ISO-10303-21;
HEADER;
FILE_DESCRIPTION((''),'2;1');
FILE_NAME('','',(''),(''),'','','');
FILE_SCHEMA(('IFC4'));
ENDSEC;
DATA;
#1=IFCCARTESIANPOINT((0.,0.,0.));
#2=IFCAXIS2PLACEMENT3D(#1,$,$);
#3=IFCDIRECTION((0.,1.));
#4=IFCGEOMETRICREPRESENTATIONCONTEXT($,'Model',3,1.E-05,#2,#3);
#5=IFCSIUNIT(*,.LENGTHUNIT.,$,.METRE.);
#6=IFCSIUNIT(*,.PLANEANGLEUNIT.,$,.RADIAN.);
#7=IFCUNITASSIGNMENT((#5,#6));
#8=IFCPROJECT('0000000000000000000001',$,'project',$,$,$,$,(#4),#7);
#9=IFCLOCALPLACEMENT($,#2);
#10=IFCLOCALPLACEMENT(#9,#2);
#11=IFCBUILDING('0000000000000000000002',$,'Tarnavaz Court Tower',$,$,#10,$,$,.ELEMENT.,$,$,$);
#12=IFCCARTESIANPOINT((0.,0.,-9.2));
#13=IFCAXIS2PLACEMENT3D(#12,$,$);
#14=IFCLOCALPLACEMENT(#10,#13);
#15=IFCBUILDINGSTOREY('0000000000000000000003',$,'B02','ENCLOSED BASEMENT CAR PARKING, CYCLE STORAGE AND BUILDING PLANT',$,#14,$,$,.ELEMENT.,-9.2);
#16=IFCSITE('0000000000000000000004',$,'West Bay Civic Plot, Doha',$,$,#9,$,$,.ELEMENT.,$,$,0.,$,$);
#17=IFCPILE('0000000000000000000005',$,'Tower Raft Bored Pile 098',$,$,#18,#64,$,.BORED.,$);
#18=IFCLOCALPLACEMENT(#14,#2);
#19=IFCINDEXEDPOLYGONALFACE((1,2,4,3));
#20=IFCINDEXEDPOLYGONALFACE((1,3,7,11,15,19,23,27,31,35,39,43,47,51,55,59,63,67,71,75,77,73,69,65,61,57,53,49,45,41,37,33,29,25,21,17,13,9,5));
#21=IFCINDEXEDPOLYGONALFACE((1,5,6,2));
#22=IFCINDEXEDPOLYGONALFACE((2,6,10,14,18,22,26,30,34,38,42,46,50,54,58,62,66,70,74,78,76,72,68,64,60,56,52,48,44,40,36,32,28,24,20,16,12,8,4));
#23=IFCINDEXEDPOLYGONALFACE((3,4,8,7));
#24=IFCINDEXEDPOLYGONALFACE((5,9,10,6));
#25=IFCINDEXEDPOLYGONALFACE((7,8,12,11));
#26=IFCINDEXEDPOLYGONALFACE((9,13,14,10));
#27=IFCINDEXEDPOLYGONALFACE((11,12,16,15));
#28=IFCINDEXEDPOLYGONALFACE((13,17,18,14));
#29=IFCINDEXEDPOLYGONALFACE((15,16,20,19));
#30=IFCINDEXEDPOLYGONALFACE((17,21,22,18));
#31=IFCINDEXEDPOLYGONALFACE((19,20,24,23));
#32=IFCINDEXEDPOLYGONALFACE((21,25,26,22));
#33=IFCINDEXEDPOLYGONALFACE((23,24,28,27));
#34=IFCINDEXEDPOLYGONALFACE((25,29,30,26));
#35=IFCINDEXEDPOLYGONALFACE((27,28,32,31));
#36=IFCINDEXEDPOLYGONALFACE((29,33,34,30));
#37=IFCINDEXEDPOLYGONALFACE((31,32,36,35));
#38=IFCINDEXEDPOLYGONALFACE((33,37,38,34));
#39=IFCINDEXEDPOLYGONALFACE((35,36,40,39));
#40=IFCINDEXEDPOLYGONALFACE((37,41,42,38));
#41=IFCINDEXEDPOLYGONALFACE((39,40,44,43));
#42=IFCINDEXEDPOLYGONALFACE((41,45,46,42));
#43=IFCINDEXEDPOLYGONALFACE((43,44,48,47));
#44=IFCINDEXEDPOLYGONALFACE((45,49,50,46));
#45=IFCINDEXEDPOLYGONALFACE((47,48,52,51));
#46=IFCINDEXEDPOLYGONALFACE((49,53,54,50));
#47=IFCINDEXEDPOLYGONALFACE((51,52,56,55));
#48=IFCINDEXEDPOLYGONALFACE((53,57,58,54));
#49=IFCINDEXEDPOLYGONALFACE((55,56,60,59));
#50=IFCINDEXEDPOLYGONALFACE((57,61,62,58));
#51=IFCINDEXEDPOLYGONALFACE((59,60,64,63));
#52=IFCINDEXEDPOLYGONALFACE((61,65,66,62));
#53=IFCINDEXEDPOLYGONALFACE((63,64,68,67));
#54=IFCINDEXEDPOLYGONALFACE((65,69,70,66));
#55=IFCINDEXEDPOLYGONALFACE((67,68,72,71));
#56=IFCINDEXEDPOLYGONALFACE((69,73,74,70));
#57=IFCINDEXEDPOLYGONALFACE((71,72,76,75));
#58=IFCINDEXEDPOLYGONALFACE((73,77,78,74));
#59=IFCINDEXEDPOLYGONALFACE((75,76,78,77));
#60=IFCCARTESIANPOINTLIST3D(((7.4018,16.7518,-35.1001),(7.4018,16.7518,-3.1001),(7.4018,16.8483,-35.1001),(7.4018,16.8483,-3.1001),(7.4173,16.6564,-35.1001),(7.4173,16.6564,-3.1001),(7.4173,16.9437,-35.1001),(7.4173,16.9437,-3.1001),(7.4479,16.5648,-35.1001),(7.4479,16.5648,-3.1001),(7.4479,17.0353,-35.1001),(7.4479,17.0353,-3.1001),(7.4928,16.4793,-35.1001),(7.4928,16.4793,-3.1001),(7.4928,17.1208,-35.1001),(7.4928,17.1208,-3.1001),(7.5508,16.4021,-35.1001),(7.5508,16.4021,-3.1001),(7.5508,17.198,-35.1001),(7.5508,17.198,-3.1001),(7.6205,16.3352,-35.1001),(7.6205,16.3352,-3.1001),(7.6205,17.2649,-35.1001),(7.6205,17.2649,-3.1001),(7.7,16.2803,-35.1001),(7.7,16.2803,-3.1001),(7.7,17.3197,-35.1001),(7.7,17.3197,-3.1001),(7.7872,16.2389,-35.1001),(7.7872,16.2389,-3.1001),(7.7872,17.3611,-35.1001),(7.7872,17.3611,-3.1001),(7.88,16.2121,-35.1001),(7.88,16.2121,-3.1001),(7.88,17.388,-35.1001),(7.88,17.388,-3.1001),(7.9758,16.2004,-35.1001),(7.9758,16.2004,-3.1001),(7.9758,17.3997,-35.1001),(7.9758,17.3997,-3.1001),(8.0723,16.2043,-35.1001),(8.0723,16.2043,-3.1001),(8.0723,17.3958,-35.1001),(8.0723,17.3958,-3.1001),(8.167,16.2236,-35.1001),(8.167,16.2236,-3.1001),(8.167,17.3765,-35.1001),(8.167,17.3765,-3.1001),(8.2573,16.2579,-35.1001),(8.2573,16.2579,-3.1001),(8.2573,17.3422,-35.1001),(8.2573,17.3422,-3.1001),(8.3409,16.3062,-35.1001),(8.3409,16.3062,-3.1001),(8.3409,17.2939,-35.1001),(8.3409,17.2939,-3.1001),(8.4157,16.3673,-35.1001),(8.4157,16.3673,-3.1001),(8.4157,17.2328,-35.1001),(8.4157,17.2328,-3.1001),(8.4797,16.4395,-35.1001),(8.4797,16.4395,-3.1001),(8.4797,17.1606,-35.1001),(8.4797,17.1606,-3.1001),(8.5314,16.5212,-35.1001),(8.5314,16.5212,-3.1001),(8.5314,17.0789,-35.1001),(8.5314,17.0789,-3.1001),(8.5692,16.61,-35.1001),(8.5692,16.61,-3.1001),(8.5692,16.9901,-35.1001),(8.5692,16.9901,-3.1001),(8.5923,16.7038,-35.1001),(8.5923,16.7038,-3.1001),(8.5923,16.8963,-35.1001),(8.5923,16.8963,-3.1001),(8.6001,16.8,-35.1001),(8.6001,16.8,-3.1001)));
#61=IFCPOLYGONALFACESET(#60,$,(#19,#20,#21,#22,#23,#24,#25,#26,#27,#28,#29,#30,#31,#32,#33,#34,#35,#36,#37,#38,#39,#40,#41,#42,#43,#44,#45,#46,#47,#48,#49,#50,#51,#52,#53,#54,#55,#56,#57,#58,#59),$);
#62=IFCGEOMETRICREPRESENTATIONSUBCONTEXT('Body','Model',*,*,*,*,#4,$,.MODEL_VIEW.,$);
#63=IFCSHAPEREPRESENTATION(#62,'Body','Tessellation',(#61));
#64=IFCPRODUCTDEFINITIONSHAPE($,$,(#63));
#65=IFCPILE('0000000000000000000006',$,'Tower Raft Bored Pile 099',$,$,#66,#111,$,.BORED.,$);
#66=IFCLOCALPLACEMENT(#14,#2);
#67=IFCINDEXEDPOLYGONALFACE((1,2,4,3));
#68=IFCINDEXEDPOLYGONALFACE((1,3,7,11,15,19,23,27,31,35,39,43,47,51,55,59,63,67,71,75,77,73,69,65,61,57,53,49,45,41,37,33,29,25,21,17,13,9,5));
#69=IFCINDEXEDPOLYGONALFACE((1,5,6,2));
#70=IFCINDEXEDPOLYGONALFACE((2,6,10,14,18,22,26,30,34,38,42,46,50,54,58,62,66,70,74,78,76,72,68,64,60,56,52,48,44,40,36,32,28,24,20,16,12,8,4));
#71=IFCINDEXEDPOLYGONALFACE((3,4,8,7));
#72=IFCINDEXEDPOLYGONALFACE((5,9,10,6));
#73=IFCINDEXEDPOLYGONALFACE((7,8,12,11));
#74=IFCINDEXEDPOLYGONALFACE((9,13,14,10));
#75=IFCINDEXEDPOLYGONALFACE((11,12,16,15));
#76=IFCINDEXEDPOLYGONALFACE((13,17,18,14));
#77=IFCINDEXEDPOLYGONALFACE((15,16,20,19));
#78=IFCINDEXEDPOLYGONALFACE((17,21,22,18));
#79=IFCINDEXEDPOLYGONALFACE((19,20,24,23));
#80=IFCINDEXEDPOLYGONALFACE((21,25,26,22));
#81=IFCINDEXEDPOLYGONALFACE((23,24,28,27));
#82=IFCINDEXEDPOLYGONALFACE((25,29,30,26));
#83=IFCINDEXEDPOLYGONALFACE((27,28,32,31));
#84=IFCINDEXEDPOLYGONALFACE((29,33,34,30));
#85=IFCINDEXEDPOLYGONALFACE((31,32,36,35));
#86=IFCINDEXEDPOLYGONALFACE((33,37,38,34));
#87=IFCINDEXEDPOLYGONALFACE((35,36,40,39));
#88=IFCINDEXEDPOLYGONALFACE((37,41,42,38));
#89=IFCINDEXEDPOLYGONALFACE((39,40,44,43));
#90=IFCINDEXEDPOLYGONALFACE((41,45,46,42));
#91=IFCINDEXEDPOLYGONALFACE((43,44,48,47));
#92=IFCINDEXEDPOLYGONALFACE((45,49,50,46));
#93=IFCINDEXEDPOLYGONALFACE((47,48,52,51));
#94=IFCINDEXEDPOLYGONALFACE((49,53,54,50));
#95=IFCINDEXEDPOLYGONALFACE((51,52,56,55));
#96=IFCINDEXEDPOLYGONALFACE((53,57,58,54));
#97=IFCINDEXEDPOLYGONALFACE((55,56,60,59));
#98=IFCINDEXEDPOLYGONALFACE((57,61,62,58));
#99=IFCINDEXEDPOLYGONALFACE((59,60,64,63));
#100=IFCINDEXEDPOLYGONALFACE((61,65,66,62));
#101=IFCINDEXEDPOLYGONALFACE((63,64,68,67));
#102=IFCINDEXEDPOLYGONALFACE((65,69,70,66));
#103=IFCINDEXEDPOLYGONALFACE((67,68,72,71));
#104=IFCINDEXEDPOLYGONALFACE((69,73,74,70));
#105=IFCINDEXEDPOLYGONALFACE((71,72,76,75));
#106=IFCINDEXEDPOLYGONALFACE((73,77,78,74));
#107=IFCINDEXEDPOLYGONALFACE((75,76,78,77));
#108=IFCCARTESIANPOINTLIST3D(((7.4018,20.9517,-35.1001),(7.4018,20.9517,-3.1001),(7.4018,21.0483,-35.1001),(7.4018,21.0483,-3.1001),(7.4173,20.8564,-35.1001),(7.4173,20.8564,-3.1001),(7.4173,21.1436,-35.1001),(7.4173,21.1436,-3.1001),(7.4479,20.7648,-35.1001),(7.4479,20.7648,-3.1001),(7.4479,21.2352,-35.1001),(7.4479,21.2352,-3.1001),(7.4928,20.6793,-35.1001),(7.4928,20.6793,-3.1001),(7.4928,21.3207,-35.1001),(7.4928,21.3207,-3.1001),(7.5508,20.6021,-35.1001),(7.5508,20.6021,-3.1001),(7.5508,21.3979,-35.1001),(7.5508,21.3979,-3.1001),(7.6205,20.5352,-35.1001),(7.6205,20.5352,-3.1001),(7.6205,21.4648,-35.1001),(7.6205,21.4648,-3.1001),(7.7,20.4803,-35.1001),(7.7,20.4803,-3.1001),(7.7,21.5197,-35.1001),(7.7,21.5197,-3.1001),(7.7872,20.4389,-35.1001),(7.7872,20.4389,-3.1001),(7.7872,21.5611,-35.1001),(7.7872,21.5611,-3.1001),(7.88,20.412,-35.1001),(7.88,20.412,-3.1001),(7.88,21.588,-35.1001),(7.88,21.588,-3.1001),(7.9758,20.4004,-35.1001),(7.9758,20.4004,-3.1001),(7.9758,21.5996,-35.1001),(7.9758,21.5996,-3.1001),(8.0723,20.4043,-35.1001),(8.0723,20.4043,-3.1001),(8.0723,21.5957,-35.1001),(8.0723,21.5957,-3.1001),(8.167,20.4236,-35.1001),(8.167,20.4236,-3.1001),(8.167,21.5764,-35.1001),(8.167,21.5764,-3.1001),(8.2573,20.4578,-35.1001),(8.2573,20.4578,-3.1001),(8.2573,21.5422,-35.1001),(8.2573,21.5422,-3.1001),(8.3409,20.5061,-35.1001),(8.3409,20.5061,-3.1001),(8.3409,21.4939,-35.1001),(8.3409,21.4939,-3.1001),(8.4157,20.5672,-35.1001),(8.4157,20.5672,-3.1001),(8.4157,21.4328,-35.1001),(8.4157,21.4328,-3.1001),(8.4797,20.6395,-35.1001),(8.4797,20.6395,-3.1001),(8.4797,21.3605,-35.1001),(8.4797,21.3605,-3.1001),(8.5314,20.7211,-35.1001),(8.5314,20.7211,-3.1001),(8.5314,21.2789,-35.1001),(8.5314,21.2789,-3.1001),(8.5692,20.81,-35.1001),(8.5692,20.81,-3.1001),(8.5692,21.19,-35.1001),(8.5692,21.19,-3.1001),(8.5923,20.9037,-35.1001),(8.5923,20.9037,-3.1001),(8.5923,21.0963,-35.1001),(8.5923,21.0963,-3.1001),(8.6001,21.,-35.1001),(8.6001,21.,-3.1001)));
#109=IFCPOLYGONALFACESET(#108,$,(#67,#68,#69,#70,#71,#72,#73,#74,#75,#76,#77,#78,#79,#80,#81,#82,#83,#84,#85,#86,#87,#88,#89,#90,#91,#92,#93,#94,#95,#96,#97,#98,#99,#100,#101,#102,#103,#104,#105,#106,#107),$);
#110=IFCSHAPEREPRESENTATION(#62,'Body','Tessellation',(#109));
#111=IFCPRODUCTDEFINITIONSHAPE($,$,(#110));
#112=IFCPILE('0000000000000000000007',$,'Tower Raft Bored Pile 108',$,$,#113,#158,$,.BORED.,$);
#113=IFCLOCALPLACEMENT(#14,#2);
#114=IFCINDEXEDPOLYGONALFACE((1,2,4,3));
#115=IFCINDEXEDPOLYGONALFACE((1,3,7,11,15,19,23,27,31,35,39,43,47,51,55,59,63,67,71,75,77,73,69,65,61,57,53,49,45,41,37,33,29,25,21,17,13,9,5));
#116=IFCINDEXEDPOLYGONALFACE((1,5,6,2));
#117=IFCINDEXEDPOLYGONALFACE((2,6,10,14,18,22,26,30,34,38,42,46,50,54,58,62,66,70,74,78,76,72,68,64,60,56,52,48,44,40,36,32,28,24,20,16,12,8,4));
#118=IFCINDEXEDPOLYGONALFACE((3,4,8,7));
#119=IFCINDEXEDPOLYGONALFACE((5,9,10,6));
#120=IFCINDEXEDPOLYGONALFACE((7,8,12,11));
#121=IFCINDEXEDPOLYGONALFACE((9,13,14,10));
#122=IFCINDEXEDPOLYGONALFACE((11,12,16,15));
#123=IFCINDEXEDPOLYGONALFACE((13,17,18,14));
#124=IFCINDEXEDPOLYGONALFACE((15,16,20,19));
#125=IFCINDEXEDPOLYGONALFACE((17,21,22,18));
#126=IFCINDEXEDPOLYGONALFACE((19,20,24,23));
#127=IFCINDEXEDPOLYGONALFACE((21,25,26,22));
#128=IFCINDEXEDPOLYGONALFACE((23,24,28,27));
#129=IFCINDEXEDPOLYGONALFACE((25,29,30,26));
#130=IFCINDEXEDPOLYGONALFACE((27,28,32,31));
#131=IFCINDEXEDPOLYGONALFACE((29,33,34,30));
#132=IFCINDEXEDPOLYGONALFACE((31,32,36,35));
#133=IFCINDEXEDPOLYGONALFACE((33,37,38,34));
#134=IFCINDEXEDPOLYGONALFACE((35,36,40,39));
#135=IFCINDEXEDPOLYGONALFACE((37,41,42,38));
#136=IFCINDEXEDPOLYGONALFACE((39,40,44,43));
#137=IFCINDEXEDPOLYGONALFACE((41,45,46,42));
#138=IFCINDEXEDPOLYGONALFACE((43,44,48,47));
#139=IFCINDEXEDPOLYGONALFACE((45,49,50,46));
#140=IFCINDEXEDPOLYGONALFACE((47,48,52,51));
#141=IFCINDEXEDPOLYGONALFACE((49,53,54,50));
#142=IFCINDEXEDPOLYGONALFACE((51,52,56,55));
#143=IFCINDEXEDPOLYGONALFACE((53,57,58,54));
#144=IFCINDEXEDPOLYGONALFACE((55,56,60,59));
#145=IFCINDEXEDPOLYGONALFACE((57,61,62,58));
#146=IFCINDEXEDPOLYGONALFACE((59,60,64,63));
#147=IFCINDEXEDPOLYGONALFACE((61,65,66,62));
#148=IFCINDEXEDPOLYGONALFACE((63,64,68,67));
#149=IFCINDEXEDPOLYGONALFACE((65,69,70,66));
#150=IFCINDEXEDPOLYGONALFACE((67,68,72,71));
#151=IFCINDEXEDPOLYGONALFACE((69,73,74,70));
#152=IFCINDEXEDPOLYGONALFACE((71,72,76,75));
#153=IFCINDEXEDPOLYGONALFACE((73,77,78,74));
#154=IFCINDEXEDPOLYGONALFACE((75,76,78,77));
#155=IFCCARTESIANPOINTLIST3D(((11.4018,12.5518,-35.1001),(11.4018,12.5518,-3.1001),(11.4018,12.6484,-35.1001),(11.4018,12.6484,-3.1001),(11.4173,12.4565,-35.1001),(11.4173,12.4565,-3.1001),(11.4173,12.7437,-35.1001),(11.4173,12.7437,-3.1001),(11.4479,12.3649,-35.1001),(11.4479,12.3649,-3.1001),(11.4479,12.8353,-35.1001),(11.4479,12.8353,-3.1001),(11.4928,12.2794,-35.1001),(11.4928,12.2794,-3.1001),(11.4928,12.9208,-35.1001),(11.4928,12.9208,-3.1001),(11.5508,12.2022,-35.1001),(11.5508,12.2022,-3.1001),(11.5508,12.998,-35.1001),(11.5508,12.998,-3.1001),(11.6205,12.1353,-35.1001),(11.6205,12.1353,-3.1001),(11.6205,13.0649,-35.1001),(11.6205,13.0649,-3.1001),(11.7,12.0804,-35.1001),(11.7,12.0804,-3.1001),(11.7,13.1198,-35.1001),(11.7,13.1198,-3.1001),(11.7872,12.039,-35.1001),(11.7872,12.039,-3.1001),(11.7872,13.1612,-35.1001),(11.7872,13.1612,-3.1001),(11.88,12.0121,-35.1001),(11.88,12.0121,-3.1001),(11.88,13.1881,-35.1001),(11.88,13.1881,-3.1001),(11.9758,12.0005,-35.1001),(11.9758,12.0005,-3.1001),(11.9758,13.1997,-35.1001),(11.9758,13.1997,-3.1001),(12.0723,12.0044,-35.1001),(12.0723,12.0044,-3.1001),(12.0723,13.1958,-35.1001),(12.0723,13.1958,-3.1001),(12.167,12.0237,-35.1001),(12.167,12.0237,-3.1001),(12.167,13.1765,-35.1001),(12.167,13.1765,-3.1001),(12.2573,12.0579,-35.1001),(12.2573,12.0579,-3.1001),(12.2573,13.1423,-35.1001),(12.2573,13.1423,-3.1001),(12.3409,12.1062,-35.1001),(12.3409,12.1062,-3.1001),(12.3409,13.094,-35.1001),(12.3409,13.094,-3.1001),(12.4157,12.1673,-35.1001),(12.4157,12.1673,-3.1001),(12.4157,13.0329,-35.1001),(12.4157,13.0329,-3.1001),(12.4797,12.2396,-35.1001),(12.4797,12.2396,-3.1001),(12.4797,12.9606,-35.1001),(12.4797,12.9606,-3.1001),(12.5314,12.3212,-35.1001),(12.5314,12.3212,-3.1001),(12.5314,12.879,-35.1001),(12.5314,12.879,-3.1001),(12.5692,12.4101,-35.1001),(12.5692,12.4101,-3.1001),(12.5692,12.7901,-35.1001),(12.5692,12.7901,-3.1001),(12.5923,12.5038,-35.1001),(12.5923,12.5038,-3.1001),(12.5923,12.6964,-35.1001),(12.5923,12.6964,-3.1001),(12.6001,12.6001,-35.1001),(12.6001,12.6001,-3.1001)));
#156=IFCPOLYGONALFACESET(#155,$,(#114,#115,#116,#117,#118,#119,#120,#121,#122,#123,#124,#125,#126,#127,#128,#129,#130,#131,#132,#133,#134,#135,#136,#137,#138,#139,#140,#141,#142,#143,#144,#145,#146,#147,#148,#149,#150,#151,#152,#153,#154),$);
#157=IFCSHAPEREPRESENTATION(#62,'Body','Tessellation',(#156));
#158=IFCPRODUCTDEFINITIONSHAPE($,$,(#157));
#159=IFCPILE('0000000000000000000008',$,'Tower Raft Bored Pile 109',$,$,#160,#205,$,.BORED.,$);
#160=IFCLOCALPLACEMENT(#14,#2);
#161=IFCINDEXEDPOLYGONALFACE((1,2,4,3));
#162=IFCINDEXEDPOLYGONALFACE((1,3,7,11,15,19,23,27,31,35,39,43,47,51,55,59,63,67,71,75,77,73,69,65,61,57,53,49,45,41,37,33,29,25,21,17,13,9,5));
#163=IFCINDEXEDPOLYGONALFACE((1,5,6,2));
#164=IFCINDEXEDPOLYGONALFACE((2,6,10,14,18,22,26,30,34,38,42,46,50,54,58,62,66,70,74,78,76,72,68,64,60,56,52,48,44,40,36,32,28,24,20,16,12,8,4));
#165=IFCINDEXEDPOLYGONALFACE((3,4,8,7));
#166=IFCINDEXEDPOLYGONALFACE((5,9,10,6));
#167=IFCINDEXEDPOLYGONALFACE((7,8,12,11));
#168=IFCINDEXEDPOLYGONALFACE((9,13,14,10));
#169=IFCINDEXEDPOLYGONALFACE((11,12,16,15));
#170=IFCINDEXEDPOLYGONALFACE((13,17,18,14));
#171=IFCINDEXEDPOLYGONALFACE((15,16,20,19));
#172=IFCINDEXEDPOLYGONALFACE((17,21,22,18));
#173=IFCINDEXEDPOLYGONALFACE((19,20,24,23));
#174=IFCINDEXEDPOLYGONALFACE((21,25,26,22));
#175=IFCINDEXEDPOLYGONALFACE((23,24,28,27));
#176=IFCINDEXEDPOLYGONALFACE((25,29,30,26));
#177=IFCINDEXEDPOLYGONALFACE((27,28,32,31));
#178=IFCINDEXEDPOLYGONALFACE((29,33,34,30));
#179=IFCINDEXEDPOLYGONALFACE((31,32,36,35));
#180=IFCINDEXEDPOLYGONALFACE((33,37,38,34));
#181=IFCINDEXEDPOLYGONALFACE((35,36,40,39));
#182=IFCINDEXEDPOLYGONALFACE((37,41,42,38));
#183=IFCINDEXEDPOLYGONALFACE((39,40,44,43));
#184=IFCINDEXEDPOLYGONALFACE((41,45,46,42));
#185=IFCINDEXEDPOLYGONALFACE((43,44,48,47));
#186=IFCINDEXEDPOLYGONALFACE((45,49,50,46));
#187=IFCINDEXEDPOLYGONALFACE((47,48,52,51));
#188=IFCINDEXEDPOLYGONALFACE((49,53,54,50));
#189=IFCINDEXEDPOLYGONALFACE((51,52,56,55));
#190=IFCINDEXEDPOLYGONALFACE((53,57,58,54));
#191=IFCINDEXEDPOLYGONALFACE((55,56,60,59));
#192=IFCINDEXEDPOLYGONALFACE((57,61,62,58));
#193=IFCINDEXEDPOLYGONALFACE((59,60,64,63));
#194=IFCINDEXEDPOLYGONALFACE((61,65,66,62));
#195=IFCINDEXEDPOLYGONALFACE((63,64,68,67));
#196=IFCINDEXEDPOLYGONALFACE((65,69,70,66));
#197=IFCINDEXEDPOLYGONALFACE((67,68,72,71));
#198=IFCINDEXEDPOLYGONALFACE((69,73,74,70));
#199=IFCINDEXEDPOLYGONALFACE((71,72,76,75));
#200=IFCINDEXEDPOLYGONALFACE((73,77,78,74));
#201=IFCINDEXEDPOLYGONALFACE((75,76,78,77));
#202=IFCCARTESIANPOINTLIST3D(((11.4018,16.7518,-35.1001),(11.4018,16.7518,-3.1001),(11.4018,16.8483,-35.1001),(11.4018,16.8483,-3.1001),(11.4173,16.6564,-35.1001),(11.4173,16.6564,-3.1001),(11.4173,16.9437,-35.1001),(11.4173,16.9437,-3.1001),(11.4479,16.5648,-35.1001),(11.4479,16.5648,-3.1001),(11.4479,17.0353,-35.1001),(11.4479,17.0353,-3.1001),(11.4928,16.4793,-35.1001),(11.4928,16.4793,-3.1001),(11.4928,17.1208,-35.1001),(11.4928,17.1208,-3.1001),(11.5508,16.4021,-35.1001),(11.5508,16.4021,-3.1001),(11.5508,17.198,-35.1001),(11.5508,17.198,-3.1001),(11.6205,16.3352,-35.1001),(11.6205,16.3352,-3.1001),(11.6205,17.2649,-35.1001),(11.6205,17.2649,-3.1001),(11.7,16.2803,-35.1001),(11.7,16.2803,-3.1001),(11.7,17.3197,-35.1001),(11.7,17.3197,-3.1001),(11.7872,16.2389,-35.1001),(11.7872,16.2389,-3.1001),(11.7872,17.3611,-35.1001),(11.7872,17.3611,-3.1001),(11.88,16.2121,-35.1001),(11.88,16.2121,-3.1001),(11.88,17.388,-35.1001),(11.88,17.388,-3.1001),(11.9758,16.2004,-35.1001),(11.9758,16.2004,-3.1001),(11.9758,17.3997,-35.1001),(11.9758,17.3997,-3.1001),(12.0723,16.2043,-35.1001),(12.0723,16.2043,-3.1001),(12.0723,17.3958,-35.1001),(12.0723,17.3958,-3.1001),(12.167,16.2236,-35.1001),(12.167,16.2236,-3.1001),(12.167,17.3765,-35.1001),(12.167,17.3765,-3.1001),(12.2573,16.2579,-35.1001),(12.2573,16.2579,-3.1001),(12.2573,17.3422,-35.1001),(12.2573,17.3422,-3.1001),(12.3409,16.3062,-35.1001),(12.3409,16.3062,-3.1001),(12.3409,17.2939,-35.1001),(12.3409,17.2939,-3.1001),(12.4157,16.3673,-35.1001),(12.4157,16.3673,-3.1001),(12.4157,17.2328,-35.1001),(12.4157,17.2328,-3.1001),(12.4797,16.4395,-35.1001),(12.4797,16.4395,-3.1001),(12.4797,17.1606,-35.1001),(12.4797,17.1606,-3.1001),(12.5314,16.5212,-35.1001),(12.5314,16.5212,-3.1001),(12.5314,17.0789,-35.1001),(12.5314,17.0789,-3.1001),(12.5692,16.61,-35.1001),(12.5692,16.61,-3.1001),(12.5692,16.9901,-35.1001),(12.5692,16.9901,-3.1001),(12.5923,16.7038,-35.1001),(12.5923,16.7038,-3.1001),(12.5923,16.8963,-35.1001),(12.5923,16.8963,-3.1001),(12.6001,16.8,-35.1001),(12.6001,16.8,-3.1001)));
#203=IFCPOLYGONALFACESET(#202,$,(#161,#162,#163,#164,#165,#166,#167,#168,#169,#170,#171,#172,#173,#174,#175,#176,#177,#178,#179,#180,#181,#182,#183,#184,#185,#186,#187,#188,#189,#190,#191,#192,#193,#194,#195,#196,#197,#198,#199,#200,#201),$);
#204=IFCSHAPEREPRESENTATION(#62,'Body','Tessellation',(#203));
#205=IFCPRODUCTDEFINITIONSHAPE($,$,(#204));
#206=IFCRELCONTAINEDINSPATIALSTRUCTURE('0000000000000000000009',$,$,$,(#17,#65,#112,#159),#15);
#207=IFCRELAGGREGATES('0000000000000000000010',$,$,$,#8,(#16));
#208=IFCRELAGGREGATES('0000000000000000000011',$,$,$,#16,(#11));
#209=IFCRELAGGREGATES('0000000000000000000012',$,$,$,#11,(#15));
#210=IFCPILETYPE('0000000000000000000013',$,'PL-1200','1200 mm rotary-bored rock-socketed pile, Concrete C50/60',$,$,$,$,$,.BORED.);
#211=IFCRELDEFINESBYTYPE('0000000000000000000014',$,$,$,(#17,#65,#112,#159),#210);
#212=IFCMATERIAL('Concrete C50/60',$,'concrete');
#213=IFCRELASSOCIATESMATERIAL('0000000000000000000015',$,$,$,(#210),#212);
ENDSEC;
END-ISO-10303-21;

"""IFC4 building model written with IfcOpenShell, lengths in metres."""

from ifc_helpers import new_model, si_unit, direction, frame, origin, origin_2d, place, context, subcontext, project, spatial, circle, extrude, material, material_profile, profile_set, type_object, element, save


model = new_model("IFC4")

# Units and contexts
model_context = context("Model", 3, precision=1e-05, world=origin(), true_north=direction((0.0, 1.0)))
body_context = subcontext(model_context, "Body", "Model", "MODEL_VIEW")
ifc_project = project(units=[si_unit("LENGTHUNIT", "METRE"), si_unit("PLANEANGLEUNIT", "RADIAN")], contexts=[model_context])

# Site, building, storey
site_placement = place(None, origin())
site = spatial("IfcSite", under=ifc_project, at=site_placement, Name="West Bay Civic Plot, Doha", CompositionType="ELEMENT", RefElevation=0.0)
building_placement = place(site_placement, origin())
building = spatial("IfcBuilding", under=site, at=building_placement, Name="Tarnavaz Court Tower", CompositionType="ELEMENT")
storey_placement = place(building_placement, frame((0.0, 0.0, -9.2)))
storey = spatial("IfcBuildingStorey", under=building, at=storey_placement, Name="B02", Description="ENCLOSED BASEMENT CAR PARKING, CYCLE STORAGE AND BUILDING PLANT", CompositionType="ELEMENT", Elevation=-9.2)

# Shared definitions
ifc_material_1 = material(Name="Concrete C50/60", Category="concrete")

# Piles
ifc_material_profile_1 = material_profile(ifc_material_1, circle(Radius=0.6001, at=origin_2d()), Name="PILE D1200")
ifc_profile_set_1 = profile_set([ifc_material_profile_1], Name="Concrete C50/60")
pile_type_1 = type_object("IfcPileType", Name="PL-1200", Description="1200 mm rotary-bored rock-socketed pile, Concrete C50/60", PredefinedType="BORED", material=ifc_profile_set_1)
for number, where, z_axis, x_axis, name in (
    (1, (8.0, 16.8, -3.1001), (0.0, 0.0, -1.0), (1.0, 0.0, 0.0), "Tower Raft Bored Pile 098"),
    (2, (8.0, 21.0, -3.1001), (0.0, 0.0, -1.0), (1.0, 0.0, 0.0), "Tower Raft Bored Pile 099"),
    (3, (12.0, 12.6001, -3.1001), (0.0, 0.0, -1.0), (1.0, 0.0, 0.0), "Tower Raft Bored Pile 108"),
    (4, (12.0, 16.8, -3.1001), (0.0, 0.0, -1.0), (1.0, 0.0, 0.0), "Tower Raft Bored Pile 109"),
):
    element("IfcPile", number, at=place(storey_placement, frame(where, z_axis=z_axis, x_axis=x_axis)), inside=storey, type_object=pile_type_1, Name=name, PredefinedType="BORED", context=body_context, shape_type="SweptSolid", body=[
        extrude(circle(Radius=0.6001, at=origin_2d()), origin(), (0.0, 0.0, 1.0), 32.0),
    ])

save(model, "model.ifc")
